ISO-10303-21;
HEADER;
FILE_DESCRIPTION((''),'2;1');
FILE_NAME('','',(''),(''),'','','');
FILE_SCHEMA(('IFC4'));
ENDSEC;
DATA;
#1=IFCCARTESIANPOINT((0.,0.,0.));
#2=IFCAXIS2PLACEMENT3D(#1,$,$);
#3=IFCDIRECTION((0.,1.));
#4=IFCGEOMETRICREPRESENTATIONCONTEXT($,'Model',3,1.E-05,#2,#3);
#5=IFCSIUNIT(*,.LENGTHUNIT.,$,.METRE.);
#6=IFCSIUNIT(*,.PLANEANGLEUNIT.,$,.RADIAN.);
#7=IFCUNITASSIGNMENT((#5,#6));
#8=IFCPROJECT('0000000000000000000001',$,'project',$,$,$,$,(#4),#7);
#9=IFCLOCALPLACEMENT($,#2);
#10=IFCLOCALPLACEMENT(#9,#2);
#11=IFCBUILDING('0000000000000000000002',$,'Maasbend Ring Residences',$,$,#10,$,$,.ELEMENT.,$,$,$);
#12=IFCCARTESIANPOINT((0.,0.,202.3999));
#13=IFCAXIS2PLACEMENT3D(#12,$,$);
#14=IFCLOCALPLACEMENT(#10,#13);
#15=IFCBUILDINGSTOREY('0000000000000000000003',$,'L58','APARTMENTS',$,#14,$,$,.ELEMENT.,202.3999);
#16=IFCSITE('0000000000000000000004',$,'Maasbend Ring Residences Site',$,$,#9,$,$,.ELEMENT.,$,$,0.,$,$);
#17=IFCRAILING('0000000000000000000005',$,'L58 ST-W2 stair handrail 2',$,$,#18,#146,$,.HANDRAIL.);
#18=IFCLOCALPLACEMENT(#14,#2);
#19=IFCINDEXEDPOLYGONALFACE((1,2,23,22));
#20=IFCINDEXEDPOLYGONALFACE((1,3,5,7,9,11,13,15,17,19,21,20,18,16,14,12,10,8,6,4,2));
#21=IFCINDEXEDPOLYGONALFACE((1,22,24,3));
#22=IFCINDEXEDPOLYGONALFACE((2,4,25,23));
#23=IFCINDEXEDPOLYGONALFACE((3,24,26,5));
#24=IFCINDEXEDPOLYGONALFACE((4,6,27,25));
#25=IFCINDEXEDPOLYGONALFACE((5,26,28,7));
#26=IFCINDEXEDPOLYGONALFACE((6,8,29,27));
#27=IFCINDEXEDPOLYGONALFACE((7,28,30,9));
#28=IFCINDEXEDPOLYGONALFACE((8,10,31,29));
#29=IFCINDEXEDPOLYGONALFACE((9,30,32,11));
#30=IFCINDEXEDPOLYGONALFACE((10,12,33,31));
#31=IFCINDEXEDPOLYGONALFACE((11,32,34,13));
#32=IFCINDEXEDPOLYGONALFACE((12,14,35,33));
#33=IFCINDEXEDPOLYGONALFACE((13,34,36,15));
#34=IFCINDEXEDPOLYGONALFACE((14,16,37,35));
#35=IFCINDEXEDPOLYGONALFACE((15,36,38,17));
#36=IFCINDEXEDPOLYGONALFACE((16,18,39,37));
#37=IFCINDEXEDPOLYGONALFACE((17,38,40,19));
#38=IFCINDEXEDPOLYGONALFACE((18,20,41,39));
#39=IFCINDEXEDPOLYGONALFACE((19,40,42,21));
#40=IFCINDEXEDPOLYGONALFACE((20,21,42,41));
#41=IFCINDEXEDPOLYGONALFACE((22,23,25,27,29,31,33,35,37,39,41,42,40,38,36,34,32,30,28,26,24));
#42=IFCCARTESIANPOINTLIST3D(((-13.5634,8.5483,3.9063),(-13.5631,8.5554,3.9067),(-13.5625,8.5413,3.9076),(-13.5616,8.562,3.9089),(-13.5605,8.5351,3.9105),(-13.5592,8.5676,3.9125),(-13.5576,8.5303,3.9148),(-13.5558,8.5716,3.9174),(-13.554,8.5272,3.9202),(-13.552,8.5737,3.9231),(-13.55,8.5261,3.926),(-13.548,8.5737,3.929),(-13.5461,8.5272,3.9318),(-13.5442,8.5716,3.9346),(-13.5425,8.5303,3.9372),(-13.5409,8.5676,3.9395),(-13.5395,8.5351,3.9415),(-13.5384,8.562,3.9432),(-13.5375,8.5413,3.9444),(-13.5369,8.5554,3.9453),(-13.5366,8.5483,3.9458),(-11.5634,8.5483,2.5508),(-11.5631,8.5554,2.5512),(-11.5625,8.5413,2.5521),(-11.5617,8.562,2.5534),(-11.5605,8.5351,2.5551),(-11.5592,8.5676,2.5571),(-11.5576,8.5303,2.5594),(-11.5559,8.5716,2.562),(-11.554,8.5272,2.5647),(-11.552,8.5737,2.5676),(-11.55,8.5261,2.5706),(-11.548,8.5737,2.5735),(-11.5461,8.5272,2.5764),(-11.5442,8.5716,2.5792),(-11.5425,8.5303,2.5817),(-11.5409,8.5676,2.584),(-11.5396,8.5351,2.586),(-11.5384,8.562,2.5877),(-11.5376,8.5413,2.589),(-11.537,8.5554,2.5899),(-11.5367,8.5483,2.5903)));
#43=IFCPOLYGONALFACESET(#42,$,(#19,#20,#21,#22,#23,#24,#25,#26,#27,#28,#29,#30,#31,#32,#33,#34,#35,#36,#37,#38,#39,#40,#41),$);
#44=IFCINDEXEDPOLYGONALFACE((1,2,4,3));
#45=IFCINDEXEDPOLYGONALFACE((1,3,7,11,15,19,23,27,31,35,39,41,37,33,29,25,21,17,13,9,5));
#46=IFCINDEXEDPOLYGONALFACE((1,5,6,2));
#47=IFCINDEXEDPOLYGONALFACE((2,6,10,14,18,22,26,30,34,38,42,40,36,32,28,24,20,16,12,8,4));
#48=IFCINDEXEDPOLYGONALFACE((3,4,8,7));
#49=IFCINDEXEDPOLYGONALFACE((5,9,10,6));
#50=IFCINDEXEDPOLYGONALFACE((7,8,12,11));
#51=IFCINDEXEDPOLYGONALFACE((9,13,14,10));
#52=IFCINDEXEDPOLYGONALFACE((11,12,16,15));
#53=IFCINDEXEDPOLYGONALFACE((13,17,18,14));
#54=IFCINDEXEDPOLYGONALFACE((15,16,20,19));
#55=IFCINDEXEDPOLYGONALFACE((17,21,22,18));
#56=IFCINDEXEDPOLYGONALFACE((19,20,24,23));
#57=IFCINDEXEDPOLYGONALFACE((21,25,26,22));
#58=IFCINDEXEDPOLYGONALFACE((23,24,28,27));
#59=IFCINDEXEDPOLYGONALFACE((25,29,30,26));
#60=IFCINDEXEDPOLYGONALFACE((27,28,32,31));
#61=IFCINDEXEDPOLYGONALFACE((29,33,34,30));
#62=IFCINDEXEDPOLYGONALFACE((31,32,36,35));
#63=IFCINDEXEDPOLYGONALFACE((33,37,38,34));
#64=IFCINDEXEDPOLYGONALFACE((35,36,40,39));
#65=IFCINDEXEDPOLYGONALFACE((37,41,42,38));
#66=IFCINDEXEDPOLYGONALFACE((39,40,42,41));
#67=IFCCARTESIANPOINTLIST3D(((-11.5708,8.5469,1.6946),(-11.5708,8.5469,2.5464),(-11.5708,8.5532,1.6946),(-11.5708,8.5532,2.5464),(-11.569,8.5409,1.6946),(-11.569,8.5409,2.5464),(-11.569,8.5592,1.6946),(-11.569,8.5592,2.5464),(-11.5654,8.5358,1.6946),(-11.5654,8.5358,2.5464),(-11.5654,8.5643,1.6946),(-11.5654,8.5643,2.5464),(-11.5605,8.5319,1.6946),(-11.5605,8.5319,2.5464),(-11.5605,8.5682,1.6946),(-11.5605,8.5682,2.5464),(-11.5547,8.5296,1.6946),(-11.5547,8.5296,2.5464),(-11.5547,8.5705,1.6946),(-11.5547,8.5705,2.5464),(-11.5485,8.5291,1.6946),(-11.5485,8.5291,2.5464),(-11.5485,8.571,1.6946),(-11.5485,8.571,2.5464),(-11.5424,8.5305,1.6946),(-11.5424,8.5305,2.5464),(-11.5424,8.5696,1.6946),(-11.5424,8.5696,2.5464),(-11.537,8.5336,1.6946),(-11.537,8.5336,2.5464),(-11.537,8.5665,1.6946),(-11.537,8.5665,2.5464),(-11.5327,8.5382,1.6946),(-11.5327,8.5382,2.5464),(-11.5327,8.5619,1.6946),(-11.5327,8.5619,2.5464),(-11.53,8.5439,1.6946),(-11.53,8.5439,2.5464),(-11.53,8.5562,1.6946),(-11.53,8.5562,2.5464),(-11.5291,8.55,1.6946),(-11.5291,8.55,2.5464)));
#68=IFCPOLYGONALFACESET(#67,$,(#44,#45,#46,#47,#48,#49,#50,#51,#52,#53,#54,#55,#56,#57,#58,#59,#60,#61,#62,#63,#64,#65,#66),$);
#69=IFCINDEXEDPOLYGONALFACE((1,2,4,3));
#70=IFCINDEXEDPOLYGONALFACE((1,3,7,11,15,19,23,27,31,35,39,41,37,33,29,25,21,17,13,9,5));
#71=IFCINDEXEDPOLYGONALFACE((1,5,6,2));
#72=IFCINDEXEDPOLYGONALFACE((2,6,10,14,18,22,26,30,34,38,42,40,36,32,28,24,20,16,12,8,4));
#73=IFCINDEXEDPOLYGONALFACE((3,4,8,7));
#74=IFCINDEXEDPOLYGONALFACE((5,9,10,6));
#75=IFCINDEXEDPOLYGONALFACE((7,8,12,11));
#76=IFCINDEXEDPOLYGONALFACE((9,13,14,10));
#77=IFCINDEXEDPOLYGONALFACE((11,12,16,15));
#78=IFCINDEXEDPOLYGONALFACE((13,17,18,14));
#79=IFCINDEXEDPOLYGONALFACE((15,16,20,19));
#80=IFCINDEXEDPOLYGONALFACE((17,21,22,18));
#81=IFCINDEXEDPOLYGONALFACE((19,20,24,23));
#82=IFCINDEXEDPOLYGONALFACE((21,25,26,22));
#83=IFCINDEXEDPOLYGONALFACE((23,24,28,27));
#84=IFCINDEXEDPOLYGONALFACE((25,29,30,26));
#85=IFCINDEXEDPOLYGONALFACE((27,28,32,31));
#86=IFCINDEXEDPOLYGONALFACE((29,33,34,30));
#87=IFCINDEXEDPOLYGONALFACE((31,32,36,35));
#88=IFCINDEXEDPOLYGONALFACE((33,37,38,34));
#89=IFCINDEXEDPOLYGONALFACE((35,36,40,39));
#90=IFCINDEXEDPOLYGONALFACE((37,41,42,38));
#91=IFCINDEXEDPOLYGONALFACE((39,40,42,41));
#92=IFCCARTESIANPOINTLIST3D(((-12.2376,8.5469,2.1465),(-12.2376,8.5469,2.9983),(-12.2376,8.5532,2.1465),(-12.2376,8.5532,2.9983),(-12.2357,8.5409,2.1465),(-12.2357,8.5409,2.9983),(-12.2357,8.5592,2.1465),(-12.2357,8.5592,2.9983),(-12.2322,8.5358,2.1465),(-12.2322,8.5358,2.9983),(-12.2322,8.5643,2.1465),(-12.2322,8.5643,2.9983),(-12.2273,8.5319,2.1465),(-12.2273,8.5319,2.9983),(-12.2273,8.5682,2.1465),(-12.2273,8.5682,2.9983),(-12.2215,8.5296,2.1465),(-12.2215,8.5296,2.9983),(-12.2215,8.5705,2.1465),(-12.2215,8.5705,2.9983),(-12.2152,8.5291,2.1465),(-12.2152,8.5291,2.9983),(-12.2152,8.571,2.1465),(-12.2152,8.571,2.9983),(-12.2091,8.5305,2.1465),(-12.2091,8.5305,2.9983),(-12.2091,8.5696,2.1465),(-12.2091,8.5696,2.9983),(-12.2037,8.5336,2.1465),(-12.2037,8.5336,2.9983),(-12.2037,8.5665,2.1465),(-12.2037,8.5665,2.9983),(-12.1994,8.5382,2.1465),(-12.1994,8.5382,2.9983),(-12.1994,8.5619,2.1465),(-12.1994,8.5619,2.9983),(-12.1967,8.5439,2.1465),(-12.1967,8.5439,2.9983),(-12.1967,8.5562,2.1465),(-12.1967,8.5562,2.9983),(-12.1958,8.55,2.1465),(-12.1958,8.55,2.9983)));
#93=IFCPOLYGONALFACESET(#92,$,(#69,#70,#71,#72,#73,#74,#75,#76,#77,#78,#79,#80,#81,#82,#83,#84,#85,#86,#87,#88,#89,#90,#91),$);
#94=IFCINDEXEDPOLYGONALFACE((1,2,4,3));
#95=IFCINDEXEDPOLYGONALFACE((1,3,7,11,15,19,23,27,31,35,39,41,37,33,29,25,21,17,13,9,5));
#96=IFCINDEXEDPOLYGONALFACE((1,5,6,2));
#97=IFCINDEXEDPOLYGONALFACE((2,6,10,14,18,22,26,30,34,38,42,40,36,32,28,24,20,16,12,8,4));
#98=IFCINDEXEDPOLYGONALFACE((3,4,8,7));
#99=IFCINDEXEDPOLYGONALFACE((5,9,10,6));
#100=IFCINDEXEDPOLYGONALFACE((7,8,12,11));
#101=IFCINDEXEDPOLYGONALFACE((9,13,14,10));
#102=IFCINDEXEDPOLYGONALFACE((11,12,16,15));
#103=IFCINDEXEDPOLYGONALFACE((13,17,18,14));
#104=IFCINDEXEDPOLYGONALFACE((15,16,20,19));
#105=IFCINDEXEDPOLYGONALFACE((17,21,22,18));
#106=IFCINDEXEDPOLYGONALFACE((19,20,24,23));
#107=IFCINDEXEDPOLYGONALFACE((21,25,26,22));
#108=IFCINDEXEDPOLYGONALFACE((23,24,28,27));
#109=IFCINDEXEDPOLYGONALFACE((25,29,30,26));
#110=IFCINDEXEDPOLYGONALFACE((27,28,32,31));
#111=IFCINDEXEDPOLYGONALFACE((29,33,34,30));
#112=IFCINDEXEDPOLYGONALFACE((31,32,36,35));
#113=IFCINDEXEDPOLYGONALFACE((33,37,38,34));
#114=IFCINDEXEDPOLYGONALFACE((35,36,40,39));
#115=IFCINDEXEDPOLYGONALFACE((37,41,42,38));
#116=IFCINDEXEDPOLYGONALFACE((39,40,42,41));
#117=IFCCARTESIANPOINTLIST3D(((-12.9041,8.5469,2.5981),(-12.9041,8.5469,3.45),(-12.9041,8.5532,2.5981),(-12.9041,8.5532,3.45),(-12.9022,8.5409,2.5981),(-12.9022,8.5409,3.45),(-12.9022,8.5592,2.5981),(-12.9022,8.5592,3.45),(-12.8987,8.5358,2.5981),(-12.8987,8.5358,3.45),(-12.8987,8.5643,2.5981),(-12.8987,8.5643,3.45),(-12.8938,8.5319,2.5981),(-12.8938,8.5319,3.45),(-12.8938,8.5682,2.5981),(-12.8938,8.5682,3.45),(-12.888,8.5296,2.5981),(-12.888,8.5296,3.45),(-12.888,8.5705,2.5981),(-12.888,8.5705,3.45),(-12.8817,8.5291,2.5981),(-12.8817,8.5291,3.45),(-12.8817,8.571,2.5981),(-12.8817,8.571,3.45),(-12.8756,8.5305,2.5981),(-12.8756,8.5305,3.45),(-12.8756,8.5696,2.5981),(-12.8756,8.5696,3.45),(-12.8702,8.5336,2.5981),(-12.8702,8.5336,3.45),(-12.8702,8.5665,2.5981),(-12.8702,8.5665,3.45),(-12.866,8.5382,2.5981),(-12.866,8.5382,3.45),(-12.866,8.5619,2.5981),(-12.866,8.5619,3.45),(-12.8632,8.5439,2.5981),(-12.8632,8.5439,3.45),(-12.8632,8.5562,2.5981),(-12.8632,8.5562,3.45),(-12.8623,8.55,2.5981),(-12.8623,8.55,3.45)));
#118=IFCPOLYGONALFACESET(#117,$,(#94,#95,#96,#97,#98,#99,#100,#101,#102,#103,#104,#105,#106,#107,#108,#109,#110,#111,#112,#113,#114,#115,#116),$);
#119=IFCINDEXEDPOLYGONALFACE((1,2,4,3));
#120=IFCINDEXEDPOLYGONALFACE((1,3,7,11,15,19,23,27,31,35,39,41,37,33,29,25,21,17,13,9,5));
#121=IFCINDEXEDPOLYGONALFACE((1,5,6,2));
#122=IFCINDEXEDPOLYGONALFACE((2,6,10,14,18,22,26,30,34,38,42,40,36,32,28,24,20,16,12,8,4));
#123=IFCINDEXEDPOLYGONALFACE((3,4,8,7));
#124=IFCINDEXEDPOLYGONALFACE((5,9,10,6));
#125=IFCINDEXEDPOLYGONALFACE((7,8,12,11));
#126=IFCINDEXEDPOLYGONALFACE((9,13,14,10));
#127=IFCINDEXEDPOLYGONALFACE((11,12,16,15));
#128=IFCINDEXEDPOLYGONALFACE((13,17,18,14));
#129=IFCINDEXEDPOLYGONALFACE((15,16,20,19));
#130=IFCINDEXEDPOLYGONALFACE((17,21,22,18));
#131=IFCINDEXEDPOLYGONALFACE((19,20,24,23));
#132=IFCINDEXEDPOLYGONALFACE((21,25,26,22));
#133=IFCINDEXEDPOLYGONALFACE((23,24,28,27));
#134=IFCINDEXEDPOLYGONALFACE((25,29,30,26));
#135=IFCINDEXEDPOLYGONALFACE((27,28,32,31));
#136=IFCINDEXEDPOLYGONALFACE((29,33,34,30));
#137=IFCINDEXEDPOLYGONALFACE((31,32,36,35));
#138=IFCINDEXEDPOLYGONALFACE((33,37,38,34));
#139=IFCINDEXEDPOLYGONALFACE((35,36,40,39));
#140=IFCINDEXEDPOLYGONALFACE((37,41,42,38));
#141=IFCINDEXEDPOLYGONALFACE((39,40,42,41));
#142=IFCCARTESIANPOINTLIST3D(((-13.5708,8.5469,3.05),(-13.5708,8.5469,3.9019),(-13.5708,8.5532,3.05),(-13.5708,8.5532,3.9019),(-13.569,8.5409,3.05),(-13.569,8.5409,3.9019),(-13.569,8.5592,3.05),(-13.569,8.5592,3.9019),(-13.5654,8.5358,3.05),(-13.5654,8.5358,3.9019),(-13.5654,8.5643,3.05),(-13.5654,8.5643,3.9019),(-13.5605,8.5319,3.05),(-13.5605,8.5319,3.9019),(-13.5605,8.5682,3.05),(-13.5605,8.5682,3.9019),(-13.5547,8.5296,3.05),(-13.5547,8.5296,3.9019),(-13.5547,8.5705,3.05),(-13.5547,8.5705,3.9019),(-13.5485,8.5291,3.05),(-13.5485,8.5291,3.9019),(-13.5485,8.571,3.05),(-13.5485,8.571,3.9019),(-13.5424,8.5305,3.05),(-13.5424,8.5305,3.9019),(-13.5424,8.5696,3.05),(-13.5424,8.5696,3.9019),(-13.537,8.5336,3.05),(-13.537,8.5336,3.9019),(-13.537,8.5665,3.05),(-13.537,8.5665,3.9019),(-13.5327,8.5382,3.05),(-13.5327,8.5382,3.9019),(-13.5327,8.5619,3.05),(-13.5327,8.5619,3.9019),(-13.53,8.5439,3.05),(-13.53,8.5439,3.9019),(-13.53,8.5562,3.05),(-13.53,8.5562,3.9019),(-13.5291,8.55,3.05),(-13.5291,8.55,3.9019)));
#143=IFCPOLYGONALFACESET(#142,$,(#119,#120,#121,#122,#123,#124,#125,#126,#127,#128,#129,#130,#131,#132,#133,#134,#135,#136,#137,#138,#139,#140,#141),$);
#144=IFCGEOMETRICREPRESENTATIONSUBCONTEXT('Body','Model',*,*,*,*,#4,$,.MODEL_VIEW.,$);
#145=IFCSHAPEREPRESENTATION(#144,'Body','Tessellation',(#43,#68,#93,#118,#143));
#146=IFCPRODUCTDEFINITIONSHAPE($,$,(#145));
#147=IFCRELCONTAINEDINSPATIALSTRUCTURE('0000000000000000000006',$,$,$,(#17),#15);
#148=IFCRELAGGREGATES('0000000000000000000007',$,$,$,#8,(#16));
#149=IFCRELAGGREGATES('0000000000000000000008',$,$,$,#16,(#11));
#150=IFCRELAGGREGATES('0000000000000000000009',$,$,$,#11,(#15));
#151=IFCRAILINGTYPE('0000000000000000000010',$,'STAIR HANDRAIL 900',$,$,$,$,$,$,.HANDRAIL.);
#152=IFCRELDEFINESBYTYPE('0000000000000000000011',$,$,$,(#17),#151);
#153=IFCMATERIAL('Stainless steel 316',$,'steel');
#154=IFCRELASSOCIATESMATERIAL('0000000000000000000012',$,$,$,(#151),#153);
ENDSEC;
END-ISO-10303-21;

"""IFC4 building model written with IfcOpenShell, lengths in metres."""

from ifc_helpers import new_model, si_unit, direction, frame, origin, origin_2d, place, context, subcontext, project, spatial, circle, extrude, material, type_object, element, save


model = new_model("IFC4")

# Units and contexts
model_context = context("Model", 3, precision=1e-05, world=origin(), true_north=direction((0.0, 1.0)))
body_context = subcontext(model_context, "Body", "Model", "MODEL_VIEW")
ifc_project = project(units=[si_unit("LENGTHUNIT", "METRE"), si_unit("PLANEANGLEUNIT", "RADIAN")], contexts=[model_context])

# Site, building, storey
site_placement = place(None, origin())
site = spatial("IfcSite", under=ifc_project, at=site_placement, Name="Maasbend Ring Residences Site", CompositionType="ELEMENT", RefElevation=0.0)
building_placement = place(site_placement, origin())
building = spatial("IfcBuilding", under=site, at=building_placement, Name="Maasbend Ring Residences", CompositionType="ELEMENT")
storey_placement = place(building_placement, frame((0.0, 0.0, 202.3999)))
storey = spatial("IfcBuildingStorey", under=building, at=storey_placement, Name="L58", Description="APARTMENTS", CompositionType="ELEMENT", Elevation=202.3999)

# Railing
ifc_material_1 = material(Name="Stainless steel 316", Category="steel")
railing_type = type_object("IfcRailingType", Name="STAIR HANDRAIL 900", PredefinedType="HANDRAIL", material=ifc_material_1)
railing_placement = place(storey_placement, frame((-11.55, 8.55, 1.6946)))
element("IfcRailing", 1, at=railing_placement, inside=storey, type_object=railing_type, Name="L58 ST-W2 stair handrail 2", PredefinedType="HANDRAIL", context=body_context, shape_type="SweptSolid", body=[
    extrude(circle(Radius=0.0239, at=origin_2d()), frame((0.0, 0.0, 0.876), z_axis=(-0.827798, 0.0, 0.561027), x_axis=(0.0, -1.0, 0.0)), (0.0, 0.0, 1.0), 2.416),
    extrude(circle(Radius=0.021, at=origin_2d()), origin(), (0.0, 0.0, 1.0), 0.8518),
    extrude(circle(Radius=0.021, at=origin_2d()), frame((-0.6667, 0.0, 0.4519)), (0.0, 0.0, 1.0), 0.8518),
    extrude(circle(Radius=0.021, at=origin_2d()), frame((-1.3333, 0.0, 0.9036)), (0.0, 0.0, 1.0), 0.8518),
    extrude(circle(Radius=0.021, at=origin_2d()), frame((-2.0, 0.0, 1.3555)), (0.0, 0.0, 1.0), 0.8518),
])

save(model, "model.ifc")
